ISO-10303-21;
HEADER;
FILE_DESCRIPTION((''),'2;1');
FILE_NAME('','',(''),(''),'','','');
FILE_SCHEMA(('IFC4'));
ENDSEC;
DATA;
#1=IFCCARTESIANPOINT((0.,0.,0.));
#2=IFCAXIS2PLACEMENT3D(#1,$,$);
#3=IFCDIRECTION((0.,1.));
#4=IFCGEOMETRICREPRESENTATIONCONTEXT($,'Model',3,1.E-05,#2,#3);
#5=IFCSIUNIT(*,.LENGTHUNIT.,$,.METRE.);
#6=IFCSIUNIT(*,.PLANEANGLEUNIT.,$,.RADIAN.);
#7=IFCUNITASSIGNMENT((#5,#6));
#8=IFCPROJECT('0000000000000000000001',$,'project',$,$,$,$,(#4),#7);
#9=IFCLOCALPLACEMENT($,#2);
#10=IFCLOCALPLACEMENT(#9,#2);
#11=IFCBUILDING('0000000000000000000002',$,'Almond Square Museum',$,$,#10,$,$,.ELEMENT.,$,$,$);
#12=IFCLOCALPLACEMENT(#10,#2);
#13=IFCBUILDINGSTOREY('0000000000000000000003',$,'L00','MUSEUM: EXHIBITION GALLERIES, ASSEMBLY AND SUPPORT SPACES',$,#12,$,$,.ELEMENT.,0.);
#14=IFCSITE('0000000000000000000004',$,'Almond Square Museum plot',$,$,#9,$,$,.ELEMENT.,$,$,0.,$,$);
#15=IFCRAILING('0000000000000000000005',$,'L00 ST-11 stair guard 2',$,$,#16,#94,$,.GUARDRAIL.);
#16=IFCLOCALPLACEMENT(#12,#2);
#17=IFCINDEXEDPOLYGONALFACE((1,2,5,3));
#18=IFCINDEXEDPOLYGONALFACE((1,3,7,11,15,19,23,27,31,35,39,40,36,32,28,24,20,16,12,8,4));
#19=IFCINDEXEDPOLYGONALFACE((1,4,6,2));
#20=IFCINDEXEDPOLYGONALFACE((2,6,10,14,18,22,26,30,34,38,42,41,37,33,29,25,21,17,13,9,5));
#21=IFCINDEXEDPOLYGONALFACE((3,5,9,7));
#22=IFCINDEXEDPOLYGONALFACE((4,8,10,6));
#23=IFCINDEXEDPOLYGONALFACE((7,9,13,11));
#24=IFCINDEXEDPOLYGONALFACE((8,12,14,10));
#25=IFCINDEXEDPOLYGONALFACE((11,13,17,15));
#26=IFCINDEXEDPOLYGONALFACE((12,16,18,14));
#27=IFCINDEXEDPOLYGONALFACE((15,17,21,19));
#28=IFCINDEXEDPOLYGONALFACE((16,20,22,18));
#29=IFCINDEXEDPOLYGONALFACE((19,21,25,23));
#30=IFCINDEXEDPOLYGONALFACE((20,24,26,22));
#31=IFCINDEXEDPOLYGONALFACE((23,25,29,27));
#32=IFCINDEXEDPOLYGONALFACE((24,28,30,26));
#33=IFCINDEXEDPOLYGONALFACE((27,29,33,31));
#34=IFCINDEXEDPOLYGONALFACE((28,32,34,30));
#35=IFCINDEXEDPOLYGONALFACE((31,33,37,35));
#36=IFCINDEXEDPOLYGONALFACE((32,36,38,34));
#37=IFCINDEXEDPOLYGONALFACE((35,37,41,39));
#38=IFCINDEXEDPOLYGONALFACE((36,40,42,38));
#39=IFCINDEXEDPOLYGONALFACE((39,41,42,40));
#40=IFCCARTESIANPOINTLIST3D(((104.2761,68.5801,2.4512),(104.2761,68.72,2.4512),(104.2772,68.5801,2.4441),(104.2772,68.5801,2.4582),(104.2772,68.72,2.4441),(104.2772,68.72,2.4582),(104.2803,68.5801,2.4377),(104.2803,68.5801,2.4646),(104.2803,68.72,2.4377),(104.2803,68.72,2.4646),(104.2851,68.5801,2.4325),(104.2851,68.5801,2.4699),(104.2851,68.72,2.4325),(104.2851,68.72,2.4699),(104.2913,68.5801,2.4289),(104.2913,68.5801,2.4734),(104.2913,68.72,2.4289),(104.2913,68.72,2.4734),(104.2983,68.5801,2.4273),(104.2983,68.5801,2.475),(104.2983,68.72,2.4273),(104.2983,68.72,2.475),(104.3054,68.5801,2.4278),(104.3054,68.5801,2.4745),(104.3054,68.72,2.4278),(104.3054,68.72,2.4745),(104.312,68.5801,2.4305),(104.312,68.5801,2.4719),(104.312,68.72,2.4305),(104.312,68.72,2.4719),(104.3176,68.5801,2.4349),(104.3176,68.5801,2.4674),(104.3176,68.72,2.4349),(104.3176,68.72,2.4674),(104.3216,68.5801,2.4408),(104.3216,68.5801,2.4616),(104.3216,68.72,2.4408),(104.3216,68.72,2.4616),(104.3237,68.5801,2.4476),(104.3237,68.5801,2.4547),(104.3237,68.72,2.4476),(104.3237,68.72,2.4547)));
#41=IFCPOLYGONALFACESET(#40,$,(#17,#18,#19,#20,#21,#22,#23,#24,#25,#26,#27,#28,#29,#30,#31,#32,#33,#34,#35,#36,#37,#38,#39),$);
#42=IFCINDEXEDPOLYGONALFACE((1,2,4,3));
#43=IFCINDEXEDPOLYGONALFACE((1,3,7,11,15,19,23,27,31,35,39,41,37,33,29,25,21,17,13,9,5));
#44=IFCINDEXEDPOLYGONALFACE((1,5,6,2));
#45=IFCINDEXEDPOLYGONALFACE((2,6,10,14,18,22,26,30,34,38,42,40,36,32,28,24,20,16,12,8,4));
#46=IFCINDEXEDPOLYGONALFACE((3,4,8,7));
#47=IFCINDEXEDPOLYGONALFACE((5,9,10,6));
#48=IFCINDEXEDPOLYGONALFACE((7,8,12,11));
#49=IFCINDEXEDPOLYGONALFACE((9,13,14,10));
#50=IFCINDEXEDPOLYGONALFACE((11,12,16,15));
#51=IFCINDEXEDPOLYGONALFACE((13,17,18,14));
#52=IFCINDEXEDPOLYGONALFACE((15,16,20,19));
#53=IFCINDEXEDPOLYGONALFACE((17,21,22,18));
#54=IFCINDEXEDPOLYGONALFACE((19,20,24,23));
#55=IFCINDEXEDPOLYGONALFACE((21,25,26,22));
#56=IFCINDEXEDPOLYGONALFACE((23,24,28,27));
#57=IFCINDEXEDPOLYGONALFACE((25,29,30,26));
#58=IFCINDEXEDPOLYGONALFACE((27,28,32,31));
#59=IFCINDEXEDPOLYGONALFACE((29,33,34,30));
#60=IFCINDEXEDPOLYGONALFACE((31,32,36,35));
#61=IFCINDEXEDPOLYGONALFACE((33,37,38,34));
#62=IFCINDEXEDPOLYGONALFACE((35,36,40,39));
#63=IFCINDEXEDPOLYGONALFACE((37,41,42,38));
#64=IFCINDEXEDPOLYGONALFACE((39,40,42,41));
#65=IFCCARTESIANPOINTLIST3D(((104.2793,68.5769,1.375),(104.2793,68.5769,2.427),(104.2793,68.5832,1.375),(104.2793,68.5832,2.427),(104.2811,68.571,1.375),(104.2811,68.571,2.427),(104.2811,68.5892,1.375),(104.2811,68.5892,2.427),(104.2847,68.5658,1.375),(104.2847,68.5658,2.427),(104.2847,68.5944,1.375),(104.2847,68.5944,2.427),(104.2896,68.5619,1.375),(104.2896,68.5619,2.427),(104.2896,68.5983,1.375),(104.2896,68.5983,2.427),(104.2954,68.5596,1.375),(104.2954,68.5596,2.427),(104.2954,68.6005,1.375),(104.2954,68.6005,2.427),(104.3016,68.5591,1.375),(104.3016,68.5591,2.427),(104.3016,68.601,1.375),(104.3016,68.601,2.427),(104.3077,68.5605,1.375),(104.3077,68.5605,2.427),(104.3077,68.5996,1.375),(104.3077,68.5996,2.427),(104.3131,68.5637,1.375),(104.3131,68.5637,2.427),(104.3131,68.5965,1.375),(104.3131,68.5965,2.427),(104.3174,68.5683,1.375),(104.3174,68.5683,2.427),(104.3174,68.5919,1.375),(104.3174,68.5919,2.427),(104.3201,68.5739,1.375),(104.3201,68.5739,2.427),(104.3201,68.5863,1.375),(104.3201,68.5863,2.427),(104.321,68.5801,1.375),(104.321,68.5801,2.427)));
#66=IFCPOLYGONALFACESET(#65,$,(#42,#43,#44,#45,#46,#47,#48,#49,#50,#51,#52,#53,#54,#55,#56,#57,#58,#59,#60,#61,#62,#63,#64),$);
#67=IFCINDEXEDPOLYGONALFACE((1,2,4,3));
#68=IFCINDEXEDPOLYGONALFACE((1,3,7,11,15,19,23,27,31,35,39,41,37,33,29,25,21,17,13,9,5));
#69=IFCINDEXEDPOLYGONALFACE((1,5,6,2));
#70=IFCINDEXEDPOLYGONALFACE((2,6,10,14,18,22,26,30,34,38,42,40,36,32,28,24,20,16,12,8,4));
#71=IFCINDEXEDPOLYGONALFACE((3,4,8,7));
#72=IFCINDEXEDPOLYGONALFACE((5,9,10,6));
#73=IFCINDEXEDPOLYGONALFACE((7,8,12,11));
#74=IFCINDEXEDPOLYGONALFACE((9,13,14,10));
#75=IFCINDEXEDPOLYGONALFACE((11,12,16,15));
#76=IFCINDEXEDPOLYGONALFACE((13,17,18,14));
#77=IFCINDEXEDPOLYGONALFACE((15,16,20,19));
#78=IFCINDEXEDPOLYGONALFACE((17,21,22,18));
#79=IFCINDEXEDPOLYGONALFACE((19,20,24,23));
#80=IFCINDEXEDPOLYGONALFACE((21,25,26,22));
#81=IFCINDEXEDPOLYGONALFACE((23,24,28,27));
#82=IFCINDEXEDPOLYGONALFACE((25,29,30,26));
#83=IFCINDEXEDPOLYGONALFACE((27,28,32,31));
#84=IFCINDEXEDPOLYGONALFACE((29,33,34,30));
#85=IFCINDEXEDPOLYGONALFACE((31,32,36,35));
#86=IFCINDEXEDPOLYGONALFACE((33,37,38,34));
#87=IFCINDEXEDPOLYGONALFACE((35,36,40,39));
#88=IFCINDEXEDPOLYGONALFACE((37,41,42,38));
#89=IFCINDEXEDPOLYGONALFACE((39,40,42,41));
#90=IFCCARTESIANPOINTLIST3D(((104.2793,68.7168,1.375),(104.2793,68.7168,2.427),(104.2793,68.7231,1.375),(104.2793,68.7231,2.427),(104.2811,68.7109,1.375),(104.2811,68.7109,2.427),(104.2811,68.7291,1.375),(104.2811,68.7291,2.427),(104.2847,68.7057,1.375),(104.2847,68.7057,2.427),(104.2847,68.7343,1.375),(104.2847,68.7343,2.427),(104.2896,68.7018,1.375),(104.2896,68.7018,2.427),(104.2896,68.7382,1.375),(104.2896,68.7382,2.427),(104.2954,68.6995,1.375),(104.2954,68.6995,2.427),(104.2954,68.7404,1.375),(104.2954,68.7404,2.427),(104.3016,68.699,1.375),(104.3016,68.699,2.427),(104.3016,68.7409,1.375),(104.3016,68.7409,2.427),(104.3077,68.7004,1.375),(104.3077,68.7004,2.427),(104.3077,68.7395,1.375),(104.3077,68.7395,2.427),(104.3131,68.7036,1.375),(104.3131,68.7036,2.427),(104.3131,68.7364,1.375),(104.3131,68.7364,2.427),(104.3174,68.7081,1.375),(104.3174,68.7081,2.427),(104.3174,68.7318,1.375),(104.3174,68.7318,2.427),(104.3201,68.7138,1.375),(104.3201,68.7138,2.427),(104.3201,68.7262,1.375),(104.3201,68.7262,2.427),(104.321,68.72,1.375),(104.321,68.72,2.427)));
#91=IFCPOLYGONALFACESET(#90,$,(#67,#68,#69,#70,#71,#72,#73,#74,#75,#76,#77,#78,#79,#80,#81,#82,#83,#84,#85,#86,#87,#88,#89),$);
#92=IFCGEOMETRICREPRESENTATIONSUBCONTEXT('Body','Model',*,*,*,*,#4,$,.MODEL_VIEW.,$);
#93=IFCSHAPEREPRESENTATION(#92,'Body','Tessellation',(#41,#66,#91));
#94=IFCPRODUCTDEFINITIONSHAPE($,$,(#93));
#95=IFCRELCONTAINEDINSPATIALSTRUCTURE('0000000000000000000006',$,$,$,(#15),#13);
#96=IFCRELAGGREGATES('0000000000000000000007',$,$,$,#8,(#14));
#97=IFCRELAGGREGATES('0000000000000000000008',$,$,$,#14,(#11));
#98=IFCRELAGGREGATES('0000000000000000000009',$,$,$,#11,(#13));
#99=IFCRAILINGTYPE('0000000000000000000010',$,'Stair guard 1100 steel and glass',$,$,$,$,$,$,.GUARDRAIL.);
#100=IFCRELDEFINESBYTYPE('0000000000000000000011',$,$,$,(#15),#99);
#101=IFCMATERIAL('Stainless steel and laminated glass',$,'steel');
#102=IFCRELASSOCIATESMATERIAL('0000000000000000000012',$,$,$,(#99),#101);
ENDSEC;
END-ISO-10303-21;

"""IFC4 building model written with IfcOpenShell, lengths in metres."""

from ifc_helpers import new_model, si_unit, direction, frame, origin, origin_2d, place, context, subcontext, project, spatial, circle, extrude, material, type_object, element, save


model = new_model("IFC4")

# Units and contexts
model_context = context("Model", 3, precision=1e-05, world=origin(), true_north=direction((0.0, 1.0)))
body_context = subcontext(model_context, "Body", "Model", "MODEL_VIEW")
ifc_project = project(units=[si_unit("LENGTHUNIT", "METRE"), si_unit("PLANEANGLEUNIT", "RADIAN")], contexts=[model_context])

# Site, building, storey
site_placement = place(None, origin())
site = spatial("IfcSite", under=ifc_project, at=site_placement, Name="Almond Square Museum plot", CompositionType="ELEMENT", RefElevation=0.0)
building_placement = place(site_placement, origin())
building = spatial("IfcBuilding", under=site, at=building_placement, Name="Almond Square Museum", CompositionType="ELEMENT")
storey_placement = place(building_placement, origin())
storey = spatial("IfcBuildingStorey", under=building, at=storey_placement, Name="L00", Description="MUSEUM: EXHIBITION GALLERIES, ASSEMBLY AND SUPPORT SPACES", CompositionType="ELEMENT", Elevation=0.0)

# Railing
ifc_material_1 = material(Name="Stainless steel and laminated glass", Category="steel")
railing_type_1 = type_object("IfcRailingType", Name="Stair guard 1100 steel and glass", PredefinedType="GUARDRAIL", material=ifc_material_1)
railing_1_placement = place(storey_placement, frame((104.3, 68.5801, 1.375)))
element("IfcRailing", 1, at=railing_1_placement, inside=storey, type_object=railing_type_1, Name="L00 ST-11 stair guard 2", PredefinedType="GUARDRAIL", context=body_context, shape_type="SweptSolid", body=[
    extrude(circle(Radius=0.0239, at=origin_2d()), frame((0.0, 0.0, 1.0762), z_axis=(0.0, 1.0, 0.0), x_axis=(-1.0, 0.0, 0.0)), (0.0, 0.0, 1.0), 0.1399),
    extrude(circle(Radius=0.021, at=origin_2d()), origin(), (0.0, 0.0, 1.0), 1.052),
    extrude(circle(Radius=0.021, at=origin_2d()), frame((0.0, 0.1399, 0.0)), (0.0, 0.0, 1.0), 1.052),
])

save(model, "model.ifc")
